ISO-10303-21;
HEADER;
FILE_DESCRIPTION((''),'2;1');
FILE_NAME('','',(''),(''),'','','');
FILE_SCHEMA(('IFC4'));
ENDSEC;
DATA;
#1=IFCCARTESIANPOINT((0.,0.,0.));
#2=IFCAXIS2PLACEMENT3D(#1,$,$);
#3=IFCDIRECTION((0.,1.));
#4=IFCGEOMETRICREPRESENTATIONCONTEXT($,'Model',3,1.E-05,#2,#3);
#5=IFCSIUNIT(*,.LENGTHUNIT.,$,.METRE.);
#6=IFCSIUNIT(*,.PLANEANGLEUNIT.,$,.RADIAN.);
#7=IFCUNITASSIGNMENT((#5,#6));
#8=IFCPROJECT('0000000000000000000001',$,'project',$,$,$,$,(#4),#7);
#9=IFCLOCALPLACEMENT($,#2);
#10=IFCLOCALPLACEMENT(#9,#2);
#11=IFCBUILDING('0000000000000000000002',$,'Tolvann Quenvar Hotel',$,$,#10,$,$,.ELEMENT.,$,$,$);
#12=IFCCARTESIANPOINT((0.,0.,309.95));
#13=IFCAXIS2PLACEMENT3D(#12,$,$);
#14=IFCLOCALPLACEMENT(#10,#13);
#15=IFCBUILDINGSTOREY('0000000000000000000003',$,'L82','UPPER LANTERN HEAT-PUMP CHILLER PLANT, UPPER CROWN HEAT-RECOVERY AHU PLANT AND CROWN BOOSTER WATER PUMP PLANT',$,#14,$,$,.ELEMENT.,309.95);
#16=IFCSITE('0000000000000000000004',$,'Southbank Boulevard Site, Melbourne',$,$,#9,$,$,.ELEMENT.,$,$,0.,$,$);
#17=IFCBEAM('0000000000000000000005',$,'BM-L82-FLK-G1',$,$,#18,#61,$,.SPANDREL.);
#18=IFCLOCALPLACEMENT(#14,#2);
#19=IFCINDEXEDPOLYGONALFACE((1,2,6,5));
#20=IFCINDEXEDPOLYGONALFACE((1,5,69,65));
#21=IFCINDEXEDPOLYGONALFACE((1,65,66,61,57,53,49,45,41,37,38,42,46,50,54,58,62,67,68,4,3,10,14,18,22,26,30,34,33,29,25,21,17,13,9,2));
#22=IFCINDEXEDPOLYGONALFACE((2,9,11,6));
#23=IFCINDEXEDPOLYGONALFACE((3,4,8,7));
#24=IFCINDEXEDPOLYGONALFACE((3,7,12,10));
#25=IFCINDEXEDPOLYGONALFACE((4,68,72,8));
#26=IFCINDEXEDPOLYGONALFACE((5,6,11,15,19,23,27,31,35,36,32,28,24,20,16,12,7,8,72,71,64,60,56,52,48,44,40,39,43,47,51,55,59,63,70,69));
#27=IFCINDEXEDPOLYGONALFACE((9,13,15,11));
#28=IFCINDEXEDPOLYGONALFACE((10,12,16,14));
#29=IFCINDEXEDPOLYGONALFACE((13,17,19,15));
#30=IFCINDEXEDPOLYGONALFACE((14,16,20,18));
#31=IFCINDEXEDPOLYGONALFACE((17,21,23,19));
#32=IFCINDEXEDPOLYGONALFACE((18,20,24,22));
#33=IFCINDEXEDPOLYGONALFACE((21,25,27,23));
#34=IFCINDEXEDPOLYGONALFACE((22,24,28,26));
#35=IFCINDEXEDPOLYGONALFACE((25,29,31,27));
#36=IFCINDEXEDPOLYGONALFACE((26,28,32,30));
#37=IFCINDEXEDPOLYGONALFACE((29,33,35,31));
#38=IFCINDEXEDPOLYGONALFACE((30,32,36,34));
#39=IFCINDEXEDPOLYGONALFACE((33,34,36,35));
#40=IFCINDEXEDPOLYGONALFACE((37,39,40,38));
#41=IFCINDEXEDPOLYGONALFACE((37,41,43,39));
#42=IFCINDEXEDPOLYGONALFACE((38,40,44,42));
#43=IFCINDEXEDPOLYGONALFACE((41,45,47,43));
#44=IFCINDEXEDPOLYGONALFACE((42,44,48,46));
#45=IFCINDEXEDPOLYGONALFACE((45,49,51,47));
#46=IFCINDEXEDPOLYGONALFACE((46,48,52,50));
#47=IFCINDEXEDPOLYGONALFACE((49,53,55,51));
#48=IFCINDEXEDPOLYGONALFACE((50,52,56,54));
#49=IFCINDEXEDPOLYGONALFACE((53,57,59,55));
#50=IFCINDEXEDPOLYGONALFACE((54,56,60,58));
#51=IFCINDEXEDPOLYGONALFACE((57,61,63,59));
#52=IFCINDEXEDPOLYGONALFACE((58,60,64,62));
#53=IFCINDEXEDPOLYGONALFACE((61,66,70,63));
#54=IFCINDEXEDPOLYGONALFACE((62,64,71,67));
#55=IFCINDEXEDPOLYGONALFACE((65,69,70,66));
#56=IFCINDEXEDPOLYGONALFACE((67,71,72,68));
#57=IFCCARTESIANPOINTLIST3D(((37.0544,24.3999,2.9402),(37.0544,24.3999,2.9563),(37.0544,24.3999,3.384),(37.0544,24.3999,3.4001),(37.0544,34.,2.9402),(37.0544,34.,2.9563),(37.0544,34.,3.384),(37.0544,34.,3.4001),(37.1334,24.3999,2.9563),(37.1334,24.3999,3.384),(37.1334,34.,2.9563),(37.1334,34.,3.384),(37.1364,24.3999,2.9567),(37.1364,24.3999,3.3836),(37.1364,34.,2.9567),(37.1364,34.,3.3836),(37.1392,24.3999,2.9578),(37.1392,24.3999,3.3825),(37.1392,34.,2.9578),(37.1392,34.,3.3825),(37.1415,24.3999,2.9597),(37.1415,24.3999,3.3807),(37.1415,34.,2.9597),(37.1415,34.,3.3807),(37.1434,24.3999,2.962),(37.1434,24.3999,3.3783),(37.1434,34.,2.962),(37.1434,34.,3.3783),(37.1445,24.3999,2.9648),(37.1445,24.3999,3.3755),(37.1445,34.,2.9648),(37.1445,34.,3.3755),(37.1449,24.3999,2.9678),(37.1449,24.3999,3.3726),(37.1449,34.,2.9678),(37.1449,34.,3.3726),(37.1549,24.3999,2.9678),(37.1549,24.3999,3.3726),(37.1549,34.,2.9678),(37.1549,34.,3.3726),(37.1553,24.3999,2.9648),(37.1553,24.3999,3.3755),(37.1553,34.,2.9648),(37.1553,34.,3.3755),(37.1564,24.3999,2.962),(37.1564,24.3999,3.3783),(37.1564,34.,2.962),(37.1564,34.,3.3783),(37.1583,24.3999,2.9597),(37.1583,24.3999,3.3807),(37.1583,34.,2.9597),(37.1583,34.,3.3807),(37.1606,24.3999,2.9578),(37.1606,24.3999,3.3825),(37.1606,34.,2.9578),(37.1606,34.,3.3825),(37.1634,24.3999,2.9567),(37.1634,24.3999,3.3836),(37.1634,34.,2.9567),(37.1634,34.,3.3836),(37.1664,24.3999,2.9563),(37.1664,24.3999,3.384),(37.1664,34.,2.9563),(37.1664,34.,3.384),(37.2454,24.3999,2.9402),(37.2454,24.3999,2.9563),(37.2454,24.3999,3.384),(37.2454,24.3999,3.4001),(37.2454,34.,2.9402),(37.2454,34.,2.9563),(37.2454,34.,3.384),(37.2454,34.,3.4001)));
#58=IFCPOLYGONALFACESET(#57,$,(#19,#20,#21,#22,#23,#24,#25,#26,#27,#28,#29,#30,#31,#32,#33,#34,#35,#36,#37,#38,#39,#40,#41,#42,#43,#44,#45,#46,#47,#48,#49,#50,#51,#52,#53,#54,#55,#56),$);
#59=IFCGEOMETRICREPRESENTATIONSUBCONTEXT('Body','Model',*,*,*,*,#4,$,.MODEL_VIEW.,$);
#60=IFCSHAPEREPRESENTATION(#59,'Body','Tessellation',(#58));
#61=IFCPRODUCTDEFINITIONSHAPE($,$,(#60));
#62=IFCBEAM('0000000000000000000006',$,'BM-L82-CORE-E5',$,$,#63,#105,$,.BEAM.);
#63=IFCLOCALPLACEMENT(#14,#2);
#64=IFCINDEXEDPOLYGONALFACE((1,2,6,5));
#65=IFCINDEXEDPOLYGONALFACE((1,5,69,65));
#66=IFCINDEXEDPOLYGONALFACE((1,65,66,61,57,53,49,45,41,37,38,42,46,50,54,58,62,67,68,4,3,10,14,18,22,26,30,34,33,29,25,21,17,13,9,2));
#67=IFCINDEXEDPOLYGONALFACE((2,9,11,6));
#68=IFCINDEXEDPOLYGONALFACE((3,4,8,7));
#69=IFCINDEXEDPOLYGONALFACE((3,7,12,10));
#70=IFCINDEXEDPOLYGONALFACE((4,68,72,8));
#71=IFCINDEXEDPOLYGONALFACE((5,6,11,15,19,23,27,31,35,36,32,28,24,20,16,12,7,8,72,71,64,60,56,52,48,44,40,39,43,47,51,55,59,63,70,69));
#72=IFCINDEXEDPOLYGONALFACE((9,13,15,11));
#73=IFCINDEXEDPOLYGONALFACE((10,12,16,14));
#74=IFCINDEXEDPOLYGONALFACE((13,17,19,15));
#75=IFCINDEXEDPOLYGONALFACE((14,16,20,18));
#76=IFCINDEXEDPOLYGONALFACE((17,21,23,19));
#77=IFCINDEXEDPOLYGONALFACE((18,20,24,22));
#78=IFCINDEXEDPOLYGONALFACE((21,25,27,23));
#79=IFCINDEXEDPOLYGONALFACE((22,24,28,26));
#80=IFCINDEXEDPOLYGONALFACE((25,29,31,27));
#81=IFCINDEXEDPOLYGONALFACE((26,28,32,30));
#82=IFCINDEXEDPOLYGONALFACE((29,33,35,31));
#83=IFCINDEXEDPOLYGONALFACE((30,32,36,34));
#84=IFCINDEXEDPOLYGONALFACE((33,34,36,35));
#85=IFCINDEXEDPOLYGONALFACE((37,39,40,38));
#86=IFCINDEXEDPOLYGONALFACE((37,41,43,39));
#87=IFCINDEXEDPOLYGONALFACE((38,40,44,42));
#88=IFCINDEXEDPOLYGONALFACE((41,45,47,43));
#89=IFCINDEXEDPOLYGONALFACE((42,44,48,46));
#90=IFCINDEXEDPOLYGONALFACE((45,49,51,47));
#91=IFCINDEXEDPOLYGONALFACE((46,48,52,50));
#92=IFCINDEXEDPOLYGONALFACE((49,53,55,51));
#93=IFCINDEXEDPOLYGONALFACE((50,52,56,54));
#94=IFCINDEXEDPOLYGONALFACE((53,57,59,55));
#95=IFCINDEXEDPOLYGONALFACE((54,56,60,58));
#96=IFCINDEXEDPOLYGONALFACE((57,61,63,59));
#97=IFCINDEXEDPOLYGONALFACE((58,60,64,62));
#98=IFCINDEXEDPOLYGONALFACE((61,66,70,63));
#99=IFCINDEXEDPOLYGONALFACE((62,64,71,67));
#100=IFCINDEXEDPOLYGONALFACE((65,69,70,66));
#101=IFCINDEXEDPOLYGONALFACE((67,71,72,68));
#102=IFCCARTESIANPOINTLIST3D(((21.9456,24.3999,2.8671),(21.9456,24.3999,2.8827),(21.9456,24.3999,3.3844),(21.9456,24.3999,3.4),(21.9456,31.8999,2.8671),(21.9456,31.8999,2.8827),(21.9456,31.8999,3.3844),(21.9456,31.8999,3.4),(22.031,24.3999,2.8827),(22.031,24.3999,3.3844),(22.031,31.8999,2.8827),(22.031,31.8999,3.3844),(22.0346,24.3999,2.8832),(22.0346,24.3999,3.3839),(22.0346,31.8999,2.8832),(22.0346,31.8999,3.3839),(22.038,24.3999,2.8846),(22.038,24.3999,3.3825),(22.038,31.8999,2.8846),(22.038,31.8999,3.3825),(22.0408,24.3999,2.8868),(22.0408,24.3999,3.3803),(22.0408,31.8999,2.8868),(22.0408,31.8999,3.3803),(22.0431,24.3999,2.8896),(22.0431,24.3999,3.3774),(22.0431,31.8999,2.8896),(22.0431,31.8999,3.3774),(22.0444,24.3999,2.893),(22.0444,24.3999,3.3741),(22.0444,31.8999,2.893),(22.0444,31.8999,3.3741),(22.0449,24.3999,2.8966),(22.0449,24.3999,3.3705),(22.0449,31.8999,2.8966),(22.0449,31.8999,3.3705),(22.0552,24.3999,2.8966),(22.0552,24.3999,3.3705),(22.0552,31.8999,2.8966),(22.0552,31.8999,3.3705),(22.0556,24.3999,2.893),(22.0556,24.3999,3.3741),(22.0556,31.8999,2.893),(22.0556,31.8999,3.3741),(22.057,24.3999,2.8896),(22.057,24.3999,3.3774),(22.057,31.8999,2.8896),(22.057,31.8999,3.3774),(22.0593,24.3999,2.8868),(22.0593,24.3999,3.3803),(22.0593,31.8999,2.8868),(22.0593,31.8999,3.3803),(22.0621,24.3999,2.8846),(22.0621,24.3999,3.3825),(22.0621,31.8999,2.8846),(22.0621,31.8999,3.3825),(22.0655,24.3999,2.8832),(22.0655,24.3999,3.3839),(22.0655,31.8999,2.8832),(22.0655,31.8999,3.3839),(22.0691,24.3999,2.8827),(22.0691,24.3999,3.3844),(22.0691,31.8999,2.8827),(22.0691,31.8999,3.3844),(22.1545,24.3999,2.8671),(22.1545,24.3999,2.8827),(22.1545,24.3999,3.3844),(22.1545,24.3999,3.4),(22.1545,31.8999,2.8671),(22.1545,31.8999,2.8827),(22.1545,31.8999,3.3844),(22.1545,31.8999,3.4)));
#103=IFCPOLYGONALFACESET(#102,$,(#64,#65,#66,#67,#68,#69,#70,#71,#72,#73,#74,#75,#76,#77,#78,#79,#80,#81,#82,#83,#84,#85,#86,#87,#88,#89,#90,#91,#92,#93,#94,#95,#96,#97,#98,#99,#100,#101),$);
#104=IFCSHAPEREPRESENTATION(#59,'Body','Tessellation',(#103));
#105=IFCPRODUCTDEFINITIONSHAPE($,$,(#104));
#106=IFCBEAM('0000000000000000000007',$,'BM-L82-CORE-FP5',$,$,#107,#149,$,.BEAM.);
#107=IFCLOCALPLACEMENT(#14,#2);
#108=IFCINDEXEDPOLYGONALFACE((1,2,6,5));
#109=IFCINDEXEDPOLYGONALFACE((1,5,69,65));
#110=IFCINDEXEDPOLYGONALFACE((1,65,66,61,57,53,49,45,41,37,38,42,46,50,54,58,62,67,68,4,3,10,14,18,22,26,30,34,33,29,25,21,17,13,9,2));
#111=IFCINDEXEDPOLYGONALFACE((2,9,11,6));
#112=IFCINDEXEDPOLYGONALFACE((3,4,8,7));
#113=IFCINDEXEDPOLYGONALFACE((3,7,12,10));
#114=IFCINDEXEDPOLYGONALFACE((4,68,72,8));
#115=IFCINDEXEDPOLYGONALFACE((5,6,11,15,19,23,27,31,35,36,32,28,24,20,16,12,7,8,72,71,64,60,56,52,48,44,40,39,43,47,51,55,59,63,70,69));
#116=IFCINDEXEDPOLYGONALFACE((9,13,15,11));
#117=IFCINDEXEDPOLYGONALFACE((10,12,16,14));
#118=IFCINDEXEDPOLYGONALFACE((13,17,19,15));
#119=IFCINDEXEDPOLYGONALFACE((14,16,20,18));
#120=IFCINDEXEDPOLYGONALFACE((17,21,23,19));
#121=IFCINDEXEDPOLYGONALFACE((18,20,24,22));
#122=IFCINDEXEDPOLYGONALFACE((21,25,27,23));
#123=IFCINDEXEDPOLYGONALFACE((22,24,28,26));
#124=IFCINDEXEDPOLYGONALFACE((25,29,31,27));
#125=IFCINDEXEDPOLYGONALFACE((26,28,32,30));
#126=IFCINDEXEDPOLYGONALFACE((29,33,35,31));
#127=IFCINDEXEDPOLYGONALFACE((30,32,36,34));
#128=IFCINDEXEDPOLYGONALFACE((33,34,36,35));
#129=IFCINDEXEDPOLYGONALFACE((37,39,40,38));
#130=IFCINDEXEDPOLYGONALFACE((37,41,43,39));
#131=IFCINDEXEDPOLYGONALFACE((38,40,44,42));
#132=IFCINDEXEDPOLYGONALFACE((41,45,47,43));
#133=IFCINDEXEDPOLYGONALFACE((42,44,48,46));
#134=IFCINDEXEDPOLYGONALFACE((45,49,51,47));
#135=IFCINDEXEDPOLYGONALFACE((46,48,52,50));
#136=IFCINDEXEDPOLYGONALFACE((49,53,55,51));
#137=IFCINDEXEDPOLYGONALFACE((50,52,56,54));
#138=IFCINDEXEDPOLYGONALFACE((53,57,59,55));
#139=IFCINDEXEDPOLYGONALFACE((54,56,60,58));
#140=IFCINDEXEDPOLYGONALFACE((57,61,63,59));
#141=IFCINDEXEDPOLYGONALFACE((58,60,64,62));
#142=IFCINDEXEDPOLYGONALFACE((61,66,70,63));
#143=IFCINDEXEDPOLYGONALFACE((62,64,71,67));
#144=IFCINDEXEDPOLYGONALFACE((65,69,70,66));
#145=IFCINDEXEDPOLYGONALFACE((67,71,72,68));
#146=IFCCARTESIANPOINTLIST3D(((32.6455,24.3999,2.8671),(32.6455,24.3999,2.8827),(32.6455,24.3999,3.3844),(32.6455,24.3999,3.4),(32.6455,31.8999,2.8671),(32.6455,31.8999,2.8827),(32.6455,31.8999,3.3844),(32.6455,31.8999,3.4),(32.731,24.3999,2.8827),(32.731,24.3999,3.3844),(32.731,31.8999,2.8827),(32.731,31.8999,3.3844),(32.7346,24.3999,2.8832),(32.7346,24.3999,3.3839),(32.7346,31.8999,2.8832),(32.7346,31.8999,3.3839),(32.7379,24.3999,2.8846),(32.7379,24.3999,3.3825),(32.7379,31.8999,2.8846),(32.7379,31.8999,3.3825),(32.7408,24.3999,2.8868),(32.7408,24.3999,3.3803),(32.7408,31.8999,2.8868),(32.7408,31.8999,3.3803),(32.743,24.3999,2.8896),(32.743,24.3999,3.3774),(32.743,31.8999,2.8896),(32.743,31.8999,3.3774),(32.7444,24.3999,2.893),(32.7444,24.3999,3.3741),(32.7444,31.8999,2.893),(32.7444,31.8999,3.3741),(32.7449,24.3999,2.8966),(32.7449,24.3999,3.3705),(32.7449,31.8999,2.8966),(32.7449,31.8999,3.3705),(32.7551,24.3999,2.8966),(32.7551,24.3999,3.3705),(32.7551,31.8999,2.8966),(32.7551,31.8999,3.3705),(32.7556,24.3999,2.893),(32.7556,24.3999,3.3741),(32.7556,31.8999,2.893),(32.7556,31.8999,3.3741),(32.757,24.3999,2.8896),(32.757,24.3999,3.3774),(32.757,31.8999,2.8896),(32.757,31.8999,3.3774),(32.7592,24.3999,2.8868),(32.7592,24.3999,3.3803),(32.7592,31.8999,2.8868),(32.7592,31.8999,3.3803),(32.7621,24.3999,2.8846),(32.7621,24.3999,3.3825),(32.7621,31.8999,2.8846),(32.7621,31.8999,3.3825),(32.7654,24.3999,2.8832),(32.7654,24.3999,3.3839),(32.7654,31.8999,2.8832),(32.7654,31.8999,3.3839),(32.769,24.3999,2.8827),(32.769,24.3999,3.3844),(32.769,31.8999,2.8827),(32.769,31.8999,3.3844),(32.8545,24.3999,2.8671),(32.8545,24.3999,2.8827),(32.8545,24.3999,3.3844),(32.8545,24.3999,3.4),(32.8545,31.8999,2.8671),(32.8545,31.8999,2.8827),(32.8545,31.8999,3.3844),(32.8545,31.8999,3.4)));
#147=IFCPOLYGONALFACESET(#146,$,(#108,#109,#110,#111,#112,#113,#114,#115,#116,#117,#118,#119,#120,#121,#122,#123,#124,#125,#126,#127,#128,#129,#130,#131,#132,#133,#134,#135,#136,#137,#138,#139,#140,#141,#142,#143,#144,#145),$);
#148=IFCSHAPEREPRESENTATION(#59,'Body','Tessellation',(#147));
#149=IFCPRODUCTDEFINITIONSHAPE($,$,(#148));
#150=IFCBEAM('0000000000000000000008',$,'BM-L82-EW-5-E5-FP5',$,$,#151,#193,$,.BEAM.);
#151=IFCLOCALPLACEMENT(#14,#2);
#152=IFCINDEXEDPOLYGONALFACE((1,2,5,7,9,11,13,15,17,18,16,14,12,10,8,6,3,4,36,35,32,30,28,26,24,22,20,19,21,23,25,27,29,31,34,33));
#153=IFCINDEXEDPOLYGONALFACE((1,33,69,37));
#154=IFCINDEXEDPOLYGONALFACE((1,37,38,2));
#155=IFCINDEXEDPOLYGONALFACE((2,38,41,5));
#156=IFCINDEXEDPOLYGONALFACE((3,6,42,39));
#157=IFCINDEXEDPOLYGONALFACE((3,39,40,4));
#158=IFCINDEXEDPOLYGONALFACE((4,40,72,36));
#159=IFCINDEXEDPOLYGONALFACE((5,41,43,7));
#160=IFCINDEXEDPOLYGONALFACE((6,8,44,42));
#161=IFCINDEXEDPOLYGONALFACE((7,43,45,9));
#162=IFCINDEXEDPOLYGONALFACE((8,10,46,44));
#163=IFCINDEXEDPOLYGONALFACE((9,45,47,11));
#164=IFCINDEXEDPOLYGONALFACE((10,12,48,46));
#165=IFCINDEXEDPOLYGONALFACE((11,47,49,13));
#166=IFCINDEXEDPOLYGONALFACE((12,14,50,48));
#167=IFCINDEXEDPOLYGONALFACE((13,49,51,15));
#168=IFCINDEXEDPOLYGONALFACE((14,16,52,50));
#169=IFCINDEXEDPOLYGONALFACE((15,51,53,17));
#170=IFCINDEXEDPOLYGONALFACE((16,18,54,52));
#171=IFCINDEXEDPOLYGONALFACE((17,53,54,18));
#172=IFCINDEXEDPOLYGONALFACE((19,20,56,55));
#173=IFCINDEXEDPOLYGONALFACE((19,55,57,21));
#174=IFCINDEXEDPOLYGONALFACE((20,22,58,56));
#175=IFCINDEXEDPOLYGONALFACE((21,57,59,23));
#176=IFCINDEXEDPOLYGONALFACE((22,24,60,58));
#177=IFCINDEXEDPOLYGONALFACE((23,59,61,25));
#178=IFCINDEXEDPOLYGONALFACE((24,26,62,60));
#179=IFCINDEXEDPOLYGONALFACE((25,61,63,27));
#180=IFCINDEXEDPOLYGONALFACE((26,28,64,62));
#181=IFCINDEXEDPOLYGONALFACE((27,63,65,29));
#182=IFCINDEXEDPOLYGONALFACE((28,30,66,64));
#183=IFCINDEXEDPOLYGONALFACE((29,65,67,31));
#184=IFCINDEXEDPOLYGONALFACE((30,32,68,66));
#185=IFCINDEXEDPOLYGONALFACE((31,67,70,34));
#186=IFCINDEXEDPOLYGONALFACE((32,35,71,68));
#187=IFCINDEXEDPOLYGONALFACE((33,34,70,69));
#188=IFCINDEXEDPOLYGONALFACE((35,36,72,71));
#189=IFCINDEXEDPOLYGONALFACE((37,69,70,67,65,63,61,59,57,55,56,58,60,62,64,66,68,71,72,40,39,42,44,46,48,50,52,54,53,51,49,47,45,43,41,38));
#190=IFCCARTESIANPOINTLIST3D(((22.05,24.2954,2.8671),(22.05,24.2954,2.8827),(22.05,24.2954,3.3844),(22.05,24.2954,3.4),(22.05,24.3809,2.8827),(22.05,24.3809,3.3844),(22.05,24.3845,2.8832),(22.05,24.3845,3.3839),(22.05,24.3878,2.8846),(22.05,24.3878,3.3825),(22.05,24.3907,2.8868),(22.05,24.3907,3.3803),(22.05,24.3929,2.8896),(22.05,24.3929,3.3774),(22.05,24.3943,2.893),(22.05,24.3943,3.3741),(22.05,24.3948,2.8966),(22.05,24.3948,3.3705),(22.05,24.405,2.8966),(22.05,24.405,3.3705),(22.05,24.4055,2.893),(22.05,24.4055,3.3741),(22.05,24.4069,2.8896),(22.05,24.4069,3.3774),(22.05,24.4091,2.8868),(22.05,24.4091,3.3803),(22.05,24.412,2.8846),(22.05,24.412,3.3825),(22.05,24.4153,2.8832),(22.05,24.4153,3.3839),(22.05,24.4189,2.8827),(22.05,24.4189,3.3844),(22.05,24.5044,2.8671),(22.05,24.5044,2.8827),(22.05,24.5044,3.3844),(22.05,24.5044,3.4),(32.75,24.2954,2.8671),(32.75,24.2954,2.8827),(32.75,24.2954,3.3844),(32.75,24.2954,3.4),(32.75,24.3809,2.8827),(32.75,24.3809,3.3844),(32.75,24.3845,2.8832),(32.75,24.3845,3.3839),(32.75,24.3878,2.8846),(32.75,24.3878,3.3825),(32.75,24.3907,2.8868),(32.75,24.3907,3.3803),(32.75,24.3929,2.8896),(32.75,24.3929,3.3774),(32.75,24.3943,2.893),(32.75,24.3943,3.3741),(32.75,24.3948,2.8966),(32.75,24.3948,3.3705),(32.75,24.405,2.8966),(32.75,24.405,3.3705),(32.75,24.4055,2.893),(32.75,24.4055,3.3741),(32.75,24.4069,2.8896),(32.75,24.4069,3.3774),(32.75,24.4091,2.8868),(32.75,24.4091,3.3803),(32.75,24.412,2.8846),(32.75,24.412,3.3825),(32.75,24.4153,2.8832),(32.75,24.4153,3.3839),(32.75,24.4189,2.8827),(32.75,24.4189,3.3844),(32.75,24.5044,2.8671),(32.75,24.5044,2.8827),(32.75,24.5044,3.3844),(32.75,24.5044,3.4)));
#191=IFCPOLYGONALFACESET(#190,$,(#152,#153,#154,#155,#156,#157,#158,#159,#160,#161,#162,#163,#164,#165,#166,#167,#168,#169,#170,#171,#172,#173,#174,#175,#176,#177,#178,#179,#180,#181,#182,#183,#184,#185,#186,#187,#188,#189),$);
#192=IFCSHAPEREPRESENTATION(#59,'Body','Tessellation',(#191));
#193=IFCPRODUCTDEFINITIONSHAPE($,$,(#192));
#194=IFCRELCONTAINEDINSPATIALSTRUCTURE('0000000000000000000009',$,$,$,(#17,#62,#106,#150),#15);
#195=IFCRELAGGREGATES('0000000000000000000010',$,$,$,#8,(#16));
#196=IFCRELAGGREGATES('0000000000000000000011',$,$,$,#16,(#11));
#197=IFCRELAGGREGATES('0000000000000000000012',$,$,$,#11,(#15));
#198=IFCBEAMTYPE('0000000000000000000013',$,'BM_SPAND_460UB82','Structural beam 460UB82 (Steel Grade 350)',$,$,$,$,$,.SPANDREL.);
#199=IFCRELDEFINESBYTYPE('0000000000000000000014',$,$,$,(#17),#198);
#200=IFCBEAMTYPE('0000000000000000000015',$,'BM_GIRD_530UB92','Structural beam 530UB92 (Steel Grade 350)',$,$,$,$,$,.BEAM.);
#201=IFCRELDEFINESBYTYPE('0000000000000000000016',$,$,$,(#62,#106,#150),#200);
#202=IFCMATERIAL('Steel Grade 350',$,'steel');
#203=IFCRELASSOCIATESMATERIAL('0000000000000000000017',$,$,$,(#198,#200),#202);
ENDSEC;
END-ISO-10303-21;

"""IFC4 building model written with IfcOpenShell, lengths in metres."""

from ifc_helpers import new_model, si_unit, direction, frame, origin, origin_2d, place, context, subcontext, project, spatial, i_section, extrude, source, transform, mapped, material, material_profile, profile_set, type_object, type_shapes, element, save


model = new_model("IFC4")

# Units and contexts
model_context = context("Model", 3, precision=1e-05, world=origin(), true_north=direction((0.0, 1.0)))
body_context = subcontext(model_context, "Body", "Model", "MODEL_VIEW")
ifc_project = project(units=[si_unit("LENGTHUNIT", "METRE"), si_unit("PLANEANGLEUNIT", "RADIAN")], contexts=[model_context])

# Site, building, storey
site_placement = place(None, origin())
site = spatial("IfcSite", under=ifc_project, at=site_placement, Name="Southbank Boulevard Site, Melbourne", CompositionType="ELEMENT", RefElevation=0.0)
building_placement = place(site_placement, origin())
building = spatial("IfcBuilding", under=site, at=building_placement, Name="Tolvann Quenvar Hotel", CompositionType="ELEMENT")
storey_placement = place(building_placement, frame((0.0, 0.0, 309.95)))
storey = spatial("IfcBuildingStorey", under=building, at=storey_placement, Name="L82", Description="UPPER LANTERN HEAT-PUMP CHILLER PLANT, UPPER CROWN HEAT-RECOVERY AHU PLANT AND CROWN BOOSTER WATER PUMP PLANT", CompositionType="ELEMENT", Elevation=309.95)

# Shared definitions
ifc_material_1 = material(Name="Steel Grade 350", Category="steel")

# Beams
ifc_material_profile_1 = material_profile(ifc_material_1, i_section(OverallWidth=0.1909, OverallDepth=0.46, WebThickness=0.01, FlangeThickness=0.0161, FilletRadius=0.0115, at=origin_2d()), Name="460UB82")
ifc_profile_set_1 = profile_set([ifc_material_profile_1], Name="Steel Grade 350")
beam_type_1 = type_object("IfcBeamType", Name="BM_SPAND_460UB82", Description="Structural beam 460UB82 (Steel Grade 350)", PredefinedType="SPANDREL", material=ifc_profile_set_1)
shared_shape_1 = source(origin(), body_context, "Body", "SweptSolid", [
    extrude(i_section(OverallWidth=0.1909, OverallDepth=0.46, WebThickness=0.01, FlangeThickness=0.0161, FilletRadius=0.0115, at=origin_2d()), origin(), (0.0, 0.0, 1.0), 9.6001),
])
type_shapes(beam_type_1, [shared_shape_1])
beam_1_placement = place(storey_placement, frame((37.1499, 24.3999, 3.1702), z_axis=(0.0, 1.0, 0.0), x_axis=(-1.0, 0.0, 0.0)))
element("IfcBeam", 1, at=beam_1_placement, inside=storey, type_object=beam_type_1, Name="BM-L82-FLK-G1", PredefinedType="SPANDREL", context=body_context, shape_type="MappedRepresentation", body=[
    mapped(shared_shape_1, transform((0.0, 0.0, 0.0), x_axis=(1.0, 0.0, 0.0), y_axis=(0.0, 1.0, 0.0), z_axis=(0.0, 0.0, 1.0), scale=1.0)),
])
ifc_material_profile_2 = material_profile(ifc_material_1, i_section(OverallWidth=0.209, OverallDepth=0.533, WebThickness=0.0103, FlangeThickness=0.0156, FilletRadius=0.0139, at=origin_2d()), Name="530UB92")
ifc_profile_set_2 = profile_set([ifc_material_profile_2], Name="Steel Grade 350")
beam_type_2 = type_object("IfcBeamType", Name="BM_GIRD_530UB92", Description="Structural beam 530UB92 (Steel Grade 350)", PredefinedType="BEAM", material=ifc_profile_set_2)
shared_shape_2 = source(origin(), body_context, "Body", "SweptSolid", [
    extrude(i_section(OverallWidth=0.209, OverallDepth=0.533, WebThickness=0.0103, FlangeThickness=0.0156, FilletRadius=0.0139, at=origin_2d()), origin(), (0.0, 0.0, 1.0), 7.5),
])
for number, where, z_axis, x_axis, name in (
    (2, (22.05, 24.3999, 3.1335), (0.0, 1.0, 0.0), (-1.0, 0.0, 0.0), "BM-L82-CORE-E5"),
    (3, (32.75, 24.3999, 3.1335), (0.0, 1.0, 0.0), (-1.0, 0.0, 0.0), "BM-L82-CORE-FP5"),
):
    element("IfcBeam", number, at=place(storey_placement, frame(where, z_axis=z_axis, x_axis=x_axis)), inside=storey, type_object=beam_type_2, Name=name, PredefinedType="BEAM", context=body_context, shape_type="MappedRepresentation", body=[
        mapped(shared_shape_2, transform((0.0, 0.0, 0.0), x_axis=(1.0, 0.0, 0.0), y_axis=(0.0, 1.0, 0.0), z_axis=(0.0, 0.0, 1.0), scale=1.0)),
    ])
shared_shape_3 = source(origin(), body_context, "Body", "SweptSolid", [
    extrude(i_section(OverallWidth=0.209, OverallDepth=0.533, WebThickness=0.0103, FlangeThickness=0.0156, FilletRadius=0.0139, at=origin_2d()), origin(), (0.0, 0.0, 1.0), 10.7),
])
beam_2_placement = place(storey_placement, frame((22.05, 24.3999, 3.1335), z_axis=(1.0, 0.0, 0.0), x_axis=(0.0, 1.0, 0.0)))
element("IfcBeam", 4, at=beam_2_placement, inside=storey, type_object=beam_type_2, Name="BM-L82-EW-5-E5-FP5", PredefinedType="BEAM", context=body_context, shape_type="MappedRepresentation", body=[
    mapped(shared_shape_3, transform((0.0, 0.0, 0.0), x_axis=(1.0, 0.0, 0.0), y_axis=(0.0, 1.0, 0.0), z_axis=(0.0, 0.0, 1.0), scale=1.0)),
])

save(model, "model.ifc")
